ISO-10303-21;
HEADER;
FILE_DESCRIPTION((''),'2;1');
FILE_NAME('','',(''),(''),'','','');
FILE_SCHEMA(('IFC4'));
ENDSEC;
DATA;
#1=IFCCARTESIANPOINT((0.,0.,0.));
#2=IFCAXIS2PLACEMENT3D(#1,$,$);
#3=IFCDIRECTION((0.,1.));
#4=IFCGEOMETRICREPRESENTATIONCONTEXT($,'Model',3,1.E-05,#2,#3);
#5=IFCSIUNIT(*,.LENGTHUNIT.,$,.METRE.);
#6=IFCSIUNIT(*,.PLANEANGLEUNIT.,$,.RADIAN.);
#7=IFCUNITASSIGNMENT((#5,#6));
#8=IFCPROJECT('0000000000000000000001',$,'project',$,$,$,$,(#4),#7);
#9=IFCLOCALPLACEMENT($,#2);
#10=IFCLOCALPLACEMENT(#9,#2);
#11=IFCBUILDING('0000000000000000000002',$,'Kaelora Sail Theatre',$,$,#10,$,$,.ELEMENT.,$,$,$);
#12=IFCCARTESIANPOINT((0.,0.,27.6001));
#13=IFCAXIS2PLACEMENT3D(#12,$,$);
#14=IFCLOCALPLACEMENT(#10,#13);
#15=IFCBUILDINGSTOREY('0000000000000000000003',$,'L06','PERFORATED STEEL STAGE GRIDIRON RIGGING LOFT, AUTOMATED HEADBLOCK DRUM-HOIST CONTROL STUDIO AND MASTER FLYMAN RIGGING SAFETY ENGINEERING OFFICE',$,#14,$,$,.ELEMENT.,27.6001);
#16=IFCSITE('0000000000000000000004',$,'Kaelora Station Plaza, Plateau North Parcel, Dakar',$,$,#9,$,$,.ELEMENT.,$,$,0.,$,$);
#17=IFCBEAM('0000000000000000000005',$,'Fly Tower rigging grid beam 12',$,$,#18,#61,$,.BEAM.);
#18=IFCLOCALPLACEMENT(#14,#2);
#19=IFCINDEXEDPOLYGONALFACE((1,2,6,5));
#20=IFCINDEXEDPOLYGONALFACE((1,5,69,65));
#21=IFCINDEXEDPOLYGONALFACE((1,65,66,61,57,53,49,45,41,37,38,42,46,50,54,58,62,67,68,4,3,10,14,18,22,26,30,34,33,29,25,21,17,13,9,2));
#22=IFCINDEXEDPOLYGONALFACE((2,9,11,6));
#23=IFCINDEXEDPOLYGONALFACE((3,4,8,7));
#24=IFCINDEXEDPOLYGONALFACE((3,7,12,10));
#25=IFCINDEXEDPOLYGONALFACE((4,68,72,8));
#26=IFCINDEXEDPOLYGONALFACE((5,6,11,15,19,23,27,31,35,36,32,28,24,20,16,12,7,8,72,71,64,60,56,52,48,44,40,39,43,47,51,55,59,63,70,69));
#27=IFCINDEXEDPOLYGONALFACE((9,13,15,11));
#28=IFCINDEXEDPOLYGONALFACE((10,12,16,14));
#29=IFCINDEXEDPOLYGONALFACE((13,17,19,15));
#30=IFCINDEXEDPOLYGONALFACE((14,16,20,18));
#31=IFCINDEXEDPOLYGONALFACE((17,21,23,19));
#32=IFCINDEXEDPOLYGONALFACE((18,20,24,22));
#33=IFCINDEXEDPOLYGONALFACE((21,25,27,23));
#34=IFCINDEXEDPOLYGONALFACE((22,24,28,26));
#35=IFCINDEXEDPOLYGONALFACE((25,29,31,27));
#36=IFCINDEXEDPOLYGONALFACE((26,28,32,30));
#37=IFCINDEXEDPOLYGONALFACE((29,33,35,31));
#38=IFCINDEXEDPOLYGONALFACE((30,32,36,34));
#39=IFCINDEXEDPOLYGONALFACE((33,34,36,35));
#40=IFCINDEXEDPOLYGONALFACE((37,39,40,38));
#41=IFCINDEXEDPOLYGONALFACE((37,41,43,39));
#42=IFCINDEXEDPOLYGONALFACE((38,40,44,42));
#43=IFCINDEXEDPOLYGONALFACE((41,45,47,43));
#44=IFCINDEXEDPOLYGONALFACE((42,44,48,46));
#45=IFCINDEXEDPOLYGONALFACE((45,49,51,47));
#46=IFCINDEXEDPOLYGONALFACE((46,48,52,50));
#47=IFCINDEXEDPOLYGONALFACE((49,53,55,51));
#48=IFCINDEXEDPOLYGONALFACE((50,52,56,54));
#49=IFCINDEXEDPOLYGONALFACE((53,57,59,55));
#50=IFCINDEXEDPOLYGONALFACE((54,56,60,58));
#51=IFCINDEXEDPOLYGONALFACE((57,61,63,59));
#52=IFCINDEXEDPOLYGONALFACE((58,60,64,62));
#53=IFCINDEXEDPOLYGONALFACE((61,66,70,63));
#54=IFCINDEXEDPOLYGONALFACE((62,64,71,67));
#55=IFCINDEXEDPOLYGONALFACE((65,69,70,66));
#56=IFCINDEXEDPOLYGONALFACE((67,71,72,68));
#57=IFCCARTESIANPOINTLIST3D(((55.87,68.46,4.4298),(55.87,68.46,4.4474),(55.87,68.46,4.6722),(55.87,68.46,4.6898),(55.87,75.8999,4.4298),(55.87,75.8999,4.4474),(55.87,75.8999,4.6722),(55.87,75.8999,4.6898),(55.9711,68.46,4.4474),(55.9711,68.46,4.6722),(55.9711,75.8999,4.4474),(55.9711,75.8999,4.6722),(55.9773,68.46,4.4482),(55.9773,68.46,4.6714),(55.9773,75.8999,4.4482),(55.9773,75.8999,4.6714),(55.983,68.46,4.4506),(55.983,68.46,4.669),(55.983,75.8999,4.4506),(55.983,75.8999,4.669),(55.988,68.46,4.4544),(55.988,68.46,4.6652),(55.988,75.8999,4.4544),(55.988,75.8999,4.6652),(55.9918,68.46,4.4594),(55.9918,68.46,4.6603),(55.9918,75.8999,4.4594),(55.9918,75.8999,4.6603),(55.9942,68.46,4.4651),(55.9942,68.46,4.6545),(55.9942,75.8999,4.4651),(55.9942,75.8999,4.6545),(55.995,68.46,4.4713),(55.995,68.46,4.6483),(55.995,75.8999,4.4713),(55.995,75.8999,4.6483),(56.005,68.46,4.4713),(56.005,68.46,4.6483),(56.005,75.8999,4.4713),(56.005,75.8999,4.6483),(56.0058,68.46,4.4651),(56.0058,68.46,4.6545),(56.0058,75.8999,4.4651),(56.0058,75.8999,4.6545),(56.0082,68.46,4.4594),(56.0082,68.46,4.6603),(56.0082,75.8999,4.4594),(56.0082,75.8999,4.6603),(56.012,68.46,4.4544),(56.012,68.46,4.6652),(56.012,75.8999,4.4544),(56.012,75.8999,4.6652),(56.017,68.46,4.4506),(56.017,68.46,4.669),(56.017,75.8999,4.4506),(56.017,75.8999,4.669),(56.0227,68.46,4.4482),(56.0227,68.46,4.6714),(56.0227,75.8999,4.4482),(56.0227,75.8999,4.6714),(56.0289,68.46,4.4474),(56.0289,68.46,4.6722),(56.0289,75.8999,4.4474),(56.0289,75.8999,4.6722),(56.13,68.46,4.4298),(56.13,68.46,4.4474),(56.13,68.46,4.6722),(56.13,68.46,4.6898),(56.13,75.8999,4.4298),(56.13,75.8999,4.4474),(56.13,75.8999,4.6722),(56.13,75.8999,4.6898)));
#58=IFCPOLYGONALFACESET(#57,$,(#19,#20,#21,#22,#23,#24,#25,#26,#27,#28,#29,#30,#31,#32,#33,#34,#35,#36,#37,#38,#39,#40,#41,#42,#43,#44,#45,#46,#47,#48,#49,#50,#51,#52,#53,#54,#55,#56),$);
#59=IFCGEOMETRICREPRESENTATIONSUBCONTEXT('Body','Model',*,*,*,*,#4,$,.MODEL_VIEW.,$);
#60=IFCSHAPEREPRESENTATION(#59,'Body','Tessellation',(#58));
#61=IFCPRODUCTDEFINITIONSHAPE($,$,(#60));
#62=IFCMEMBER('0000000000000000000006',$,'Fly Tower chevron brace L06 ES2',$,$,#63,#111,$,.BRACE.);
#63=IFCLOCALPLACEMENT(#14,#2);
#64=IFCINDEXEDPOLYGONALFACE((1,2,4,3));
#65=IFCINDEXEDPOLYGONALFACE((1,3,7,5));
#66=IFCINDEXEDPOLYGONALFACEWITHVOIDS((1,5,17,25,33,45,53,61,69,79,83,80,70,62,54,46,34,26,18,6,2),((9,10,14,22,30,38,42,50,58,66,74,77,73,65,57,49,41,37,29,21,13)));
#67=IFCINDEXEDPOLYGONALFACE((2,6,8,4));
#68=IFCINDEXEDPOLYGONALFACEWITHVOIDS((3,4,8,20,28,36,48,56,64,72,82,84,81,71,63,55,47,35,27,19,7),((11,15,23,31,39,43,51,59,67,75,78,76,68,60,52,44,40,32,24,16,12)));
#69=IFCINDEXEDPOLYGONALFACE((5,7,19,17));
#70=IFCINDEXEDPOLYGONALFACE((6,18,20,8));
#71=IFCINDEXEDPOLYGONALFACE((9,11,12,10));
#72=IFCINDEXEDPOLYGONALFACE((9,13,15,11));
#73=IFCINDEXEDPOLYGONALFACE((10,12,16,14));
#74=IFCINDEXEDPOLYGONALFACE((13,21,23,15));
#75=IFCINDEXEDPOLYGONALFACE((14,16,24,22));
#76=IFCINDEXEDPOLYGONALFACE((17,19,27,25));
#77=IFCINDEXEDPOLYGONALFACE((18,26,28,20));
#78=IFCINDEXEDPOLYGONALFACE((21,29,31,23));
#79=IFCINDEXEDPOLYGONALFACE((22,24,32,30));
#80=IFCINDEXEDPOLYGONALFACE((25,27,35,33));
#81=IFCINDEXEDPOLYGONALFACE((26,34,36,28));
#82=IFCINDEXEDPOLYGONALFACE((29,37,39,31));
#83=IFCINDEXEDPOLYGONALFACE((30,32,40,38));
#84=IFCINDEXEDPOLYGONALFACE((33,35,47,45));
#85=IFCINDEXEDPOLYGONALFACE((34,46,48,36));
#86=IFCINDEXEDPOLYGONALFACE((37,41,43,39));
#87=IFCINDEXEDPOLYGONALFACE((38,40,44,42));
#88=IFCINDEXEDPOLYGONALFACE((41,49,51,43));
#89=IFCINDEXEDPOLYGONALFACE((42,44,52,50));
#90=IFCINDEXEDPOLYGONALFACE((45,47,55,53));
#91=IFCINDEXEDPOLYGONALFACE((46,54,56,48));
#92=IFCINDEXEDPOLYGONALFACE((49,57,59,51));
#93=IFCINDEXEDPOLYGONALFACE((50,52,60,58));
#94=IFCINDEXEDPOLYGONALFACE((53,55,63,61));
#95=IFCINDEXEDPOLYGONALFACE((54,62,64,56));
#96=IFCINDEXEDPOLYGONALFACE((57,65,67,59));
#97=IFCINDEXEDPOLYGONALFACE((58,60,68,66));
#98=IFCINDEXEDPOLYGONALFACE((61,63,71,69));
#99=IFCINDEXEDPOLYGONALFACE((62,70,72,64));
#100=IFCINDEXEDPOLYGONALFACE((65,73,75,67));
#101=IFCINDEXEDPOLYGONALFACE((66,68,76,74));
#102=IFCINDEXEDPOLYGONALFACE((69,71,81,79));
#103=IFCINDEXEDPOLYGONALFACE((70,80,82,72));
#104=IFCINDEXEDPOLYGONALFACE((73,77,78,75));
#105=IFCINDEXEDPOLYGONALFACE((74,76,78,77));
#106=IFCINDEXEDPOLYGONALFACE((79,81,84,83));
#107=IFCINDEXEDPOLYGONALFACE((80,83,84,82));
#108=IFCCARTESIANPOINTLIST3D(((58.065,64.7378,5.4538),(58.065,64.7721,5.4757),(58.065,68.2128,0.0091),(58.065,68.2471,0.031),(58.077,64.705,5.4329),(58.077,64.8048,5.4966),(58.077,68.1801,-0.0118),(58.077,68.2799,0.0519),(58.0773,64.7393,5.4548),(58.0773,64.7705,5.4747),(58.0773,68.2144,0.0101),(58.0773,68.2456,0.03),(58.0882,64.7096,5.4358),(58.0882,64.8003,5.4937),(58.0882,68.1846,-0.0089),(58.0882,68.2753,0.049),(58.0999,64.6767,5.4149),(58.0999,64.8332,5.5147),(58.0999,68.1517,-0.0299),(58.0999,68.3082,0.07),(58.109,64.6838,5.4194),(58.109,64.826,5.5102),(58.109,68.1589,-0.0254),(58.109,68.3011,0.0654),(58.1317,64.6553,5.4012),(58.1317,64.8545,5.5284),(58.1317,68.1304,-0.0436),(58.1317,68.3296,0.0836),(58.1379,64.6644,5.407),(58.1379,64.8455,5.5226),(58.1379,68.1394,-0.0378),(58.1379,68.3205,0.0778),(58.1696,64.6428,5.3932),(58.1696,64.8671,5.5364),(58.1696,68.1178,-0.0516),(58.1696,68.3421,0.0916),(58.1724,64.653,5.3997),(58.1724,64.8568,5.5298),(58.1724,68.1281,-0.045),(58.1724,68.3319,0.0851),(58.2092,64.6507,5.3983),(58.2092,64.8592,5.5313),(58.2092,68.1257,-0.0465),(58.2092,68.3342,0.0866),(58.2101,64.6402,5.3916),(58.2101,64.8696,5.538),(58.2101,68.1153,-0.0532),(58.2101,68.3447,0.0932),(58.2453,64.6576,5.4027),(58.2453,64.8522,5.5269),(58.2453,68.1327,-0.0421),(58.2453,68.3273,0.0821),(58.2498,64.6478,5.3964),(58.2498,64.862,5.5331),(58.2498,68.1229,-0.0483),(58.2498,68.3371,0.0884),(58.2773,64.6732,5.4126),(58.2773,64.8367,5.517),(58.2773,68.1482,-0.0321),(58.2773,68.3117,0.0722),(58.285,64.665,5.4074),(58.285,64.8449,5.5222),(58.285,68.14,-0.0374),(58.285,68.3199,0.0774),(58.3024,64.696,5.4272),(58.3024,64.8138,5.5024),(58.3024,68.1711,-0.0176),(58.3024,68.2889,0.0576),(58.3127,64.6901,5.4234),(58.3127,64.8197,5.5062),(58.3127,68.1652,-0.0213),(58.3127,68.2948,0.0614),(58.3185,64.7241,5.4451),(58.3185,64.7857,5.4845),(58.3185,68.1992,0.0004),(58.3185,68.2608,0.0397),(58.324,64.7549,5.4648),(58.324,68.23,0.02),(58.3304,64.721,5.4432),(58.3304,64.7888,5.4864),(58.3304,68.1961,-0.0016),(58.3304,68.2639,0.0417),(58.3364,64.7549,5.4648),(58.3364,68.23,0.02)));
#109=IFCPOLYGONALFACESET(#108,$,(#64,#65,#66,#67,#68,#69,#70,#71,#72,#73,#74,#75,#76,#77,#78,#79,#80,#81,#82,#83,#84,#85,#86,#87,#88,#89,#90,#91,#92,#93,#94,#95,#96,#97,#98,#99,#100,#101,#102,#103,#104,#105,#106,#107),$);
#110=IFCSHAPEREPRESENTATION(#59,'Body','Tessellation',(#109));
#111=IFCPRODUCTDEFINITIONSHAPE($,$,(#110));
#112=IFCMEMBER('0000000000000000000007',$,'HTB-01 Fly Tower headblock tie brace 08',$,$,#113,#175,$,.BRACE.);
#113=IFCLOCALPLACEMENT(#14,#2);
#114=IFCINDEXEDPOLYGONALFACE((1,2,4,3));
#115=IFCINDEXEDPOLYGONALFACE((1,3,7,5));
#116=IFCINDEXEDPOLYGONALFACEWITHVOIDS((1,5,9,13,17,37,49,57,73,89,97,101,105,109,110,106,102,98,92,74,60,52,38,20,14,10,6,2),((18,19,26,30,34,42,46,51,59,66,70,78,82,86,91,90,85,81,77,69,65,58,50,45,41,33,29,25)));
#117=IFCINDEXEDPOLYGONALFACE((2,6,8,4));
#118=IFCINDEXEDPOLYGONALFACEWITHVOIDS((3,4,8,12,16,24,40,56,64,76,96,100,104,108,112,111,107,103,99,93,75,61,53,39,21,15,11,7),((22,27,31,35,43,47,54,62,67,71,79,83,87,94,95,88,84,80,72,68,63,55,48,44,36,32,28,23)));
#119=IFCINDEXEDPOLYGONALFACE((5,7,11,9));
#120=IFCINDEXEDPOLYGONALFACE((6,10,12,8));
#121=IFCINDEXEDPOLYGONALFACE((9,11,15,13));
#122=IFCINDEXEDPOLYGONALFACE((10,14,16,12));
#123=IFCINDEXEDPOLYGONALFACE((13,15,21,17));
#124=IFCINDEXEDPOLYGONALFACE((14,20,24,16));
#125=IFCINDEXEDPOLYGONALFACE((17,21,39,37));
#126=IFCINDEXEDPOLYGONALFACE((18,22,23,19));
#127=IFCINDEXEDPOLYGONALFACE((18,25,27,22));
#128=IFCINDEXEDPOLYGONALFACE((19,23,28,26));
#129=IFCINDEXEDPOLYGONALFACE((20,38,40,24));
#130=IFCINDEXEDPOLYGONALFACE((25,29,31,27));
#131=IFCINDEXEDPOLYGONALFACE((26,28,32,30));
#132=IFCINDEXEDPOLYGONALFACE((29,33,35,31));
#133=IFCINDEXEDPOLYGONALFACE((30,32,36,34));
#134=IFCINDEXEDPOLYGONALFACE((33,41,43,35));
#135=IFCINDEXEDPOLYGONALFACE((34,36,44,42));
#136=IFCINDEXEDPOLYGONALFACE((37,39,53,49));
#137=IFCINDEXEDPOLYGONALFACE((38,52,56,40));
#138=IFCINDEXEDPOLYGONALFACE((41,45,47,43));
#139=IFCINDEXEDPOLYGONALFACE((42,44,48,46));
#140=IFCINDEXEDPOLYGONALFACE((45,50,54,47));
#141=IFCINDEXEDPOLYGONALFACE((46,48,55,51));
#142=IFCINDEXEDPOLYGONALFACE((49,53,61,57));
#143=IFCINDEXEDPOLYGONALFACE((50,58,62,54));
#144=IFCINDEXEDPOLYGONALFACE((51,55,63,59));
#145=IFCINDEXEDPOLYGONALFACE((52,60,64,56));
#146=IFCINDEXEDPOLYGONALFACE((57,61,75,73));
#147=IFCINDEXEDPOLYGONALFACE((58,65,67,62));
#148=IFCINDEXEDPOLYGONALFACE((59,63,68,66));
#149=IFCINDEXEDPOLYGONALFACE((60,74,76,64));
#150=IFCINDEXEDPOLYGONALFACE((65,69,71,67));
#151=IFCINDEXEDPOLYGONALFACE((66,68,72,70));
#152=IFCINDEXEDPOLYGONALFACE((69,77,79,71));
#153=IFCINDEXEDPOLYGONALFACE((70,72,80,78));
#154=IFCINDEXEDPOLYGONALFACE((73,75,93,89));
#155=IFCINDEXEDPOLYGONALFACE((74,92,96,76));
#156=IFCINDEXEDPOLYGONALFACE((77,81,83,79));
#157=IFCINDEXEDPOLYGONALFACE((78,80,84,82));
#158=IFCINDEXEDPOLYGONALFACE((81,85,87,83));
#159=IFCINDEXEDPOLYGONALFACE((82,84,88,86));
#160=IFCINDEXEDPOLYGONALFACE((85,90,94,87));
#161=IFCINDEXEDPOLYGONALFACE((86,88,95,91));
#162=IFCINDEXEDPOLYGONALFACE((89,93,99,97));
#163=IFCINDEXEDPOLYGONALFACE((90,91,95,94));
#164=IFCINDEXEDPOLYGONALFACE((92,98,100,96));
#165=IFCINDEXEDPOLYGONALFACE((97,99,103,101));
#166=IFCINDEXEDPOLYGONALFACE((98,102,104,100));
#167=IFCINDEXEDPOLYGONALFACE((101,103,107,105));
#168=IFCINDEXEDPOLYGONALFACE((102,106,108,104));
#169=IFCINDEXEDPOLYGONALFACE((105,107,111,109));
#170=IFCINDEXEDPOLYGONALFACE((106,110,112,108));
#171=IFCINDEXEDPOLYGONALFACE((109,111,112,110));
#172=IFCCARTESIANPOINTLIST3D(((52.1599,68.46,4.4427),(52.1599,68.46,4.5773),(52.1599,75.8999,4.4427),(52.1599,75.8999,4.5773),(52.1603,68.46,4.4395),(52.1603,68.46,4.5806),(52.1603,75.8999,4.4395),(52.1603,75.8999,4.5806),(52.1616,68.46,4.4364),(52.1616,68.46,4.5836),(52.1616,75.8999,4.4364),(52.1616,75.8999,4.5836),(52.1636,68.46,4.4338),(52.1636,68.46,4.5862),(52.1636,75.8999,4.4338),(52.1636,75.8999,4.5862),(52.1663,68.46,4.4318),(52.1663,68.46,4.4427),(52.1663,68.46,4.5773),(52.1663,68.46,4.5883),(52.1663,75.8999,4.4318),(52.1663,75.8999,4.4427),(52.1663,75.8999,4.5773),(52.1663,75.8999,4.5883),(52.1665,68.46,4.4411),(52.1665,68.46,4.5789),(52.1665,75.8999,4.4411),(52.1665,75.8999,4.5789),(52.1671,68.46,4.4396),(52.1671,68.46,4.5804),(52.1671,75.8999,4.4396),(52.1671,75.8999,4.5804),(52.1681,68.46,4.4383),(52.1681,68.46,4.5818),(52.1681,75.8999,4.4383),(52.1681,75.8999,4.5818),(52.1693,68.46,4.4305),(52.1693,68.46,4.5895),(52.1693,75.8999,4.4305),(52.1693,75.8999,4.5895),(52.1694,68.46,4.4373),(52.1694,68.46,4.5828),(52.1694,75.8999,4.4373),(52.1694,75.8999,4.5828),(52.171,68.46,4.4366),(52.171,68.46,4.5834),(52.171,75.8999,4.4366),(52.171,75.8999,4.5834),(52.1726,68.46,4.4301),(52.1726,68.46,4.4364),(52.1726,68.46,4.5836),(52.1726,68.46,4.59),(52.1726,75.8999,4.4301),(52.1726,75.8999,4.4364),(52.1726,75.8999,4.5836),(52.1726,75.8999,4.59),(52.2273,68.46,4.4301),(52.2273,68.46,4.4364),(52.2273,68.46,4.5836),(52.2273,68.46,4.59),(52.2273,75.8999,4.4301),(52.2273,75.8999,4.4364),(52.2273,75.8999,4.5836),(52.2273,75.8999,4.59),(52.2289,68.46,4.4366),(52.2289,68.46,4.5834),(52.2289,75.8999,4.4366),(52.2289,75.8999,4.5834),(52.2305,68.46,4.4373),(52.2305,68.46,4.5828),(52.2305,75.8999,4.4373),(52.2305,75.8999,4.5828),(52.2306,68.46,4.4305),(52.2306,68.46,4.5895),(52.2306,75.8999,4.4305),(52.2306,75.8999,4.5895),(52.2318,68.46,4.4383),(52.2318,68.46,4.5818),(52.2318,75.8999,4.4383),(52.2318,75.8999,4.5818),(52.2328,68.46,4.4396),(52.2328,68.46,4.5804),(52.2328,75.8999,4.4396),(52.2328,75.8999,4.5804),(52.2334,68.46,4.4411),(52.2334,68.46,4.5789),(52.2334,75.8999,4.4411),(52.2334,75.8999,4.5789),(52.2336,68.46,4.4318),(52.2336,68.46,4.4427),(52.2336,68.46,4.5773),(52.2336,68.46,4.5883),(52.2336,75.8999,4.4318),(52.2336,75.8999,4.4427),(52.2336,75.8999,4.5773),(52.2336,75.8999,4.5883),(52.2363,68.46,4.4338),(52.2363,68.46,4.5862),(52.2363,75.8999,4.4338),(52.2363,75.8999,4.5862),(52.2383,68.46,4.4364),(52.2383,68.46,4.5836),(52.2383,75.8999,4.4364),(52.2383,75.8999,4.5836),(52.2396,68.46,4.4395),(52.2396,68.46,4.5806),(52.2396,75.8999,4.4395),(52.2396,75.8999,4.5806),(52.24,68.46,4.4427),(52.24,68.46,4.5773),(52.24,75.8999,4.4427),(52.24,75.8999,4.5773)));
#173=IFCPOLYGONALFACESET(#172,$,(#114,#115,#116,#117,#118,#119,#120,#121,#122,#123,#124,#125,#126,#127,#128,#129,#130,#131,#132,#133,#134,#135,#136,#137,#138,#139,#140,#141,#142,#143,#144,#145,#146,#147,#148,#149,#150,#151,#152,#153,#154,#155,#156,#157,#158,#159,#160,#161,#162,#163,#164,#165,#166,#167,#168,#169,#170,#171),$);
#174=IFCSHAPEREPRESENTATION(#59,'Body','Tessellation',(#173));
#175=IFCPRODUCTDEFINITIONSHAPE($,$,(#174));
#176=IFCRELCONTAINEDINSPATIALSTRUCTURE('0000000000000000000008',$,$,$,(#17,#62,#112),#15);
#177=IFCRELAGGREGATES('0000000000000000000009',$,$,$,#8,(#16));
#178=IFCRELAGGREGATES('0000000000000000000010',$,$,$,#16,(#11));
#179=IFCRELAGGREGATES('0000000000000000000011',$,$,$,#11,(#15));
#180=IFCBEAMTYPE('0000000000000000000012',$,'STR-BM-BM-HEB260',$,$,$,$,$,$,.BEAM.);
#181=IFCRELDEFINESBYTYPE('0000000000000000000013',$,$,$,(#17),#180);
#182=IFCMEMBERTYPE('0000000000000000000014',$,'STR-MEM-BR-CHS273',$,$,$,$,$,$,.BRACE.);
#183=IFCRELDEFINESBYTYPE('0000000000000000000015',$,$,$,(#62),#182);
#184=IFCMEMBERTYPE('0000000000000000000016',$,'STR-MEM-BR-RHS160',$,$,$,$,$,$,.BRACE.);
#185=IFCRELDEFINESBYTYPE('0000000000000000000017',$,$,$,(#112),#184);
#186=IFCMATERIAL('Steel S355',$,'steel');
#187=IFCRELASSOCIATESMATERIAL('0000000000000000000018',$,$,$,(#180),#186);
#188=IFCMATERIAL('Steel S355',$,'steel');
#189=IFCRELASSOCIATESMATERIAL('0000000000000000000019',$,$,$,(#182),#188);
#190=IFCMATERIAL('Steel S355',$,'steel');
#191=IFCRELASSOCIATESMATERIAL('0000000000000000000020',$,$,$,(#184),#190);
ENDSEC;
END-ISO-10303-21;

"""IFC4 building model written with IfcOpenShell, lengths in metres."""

from ifc_helpers import new_model, si_unit, direction, frame, origin, origin_2d, place, context, subcontext, project, spatial, hollow_rectangle, hollow_circle, i_section, extrude, material, material_profile, profile_set, type_object, element, save


model = new_model("IFC4")

# Units and contexts
model_context = context("Model", 3, precision=1e-05, world=origin(), true_north=direction((0.0, 1.0)))
body_context = subcontext(model_context, "Body", "Model", "MODEL_VIEW")
ifc_project = project(units=[si_unit("LENGTHUNIT", "METRE"), si_unit("PLANEANGLEUNIT", "RADIAN")], contexts=[model_context])

# Site, building, storey
site_placement = place(None, origin())
site = spatial("IfcSite", under=ifc_project, at=site_placement, Name="Kaelora Station Plaza, Plateau North Parcel, Dakar", CompositionType="ELEMENT", RefElevation=0.0)
building_placement = place(site_placement, origin())
building = spatial("IfcBuilding", under=site, at=building_placement, Name="Kaelora Sail Theatre", CompositionType="ELEMENT")
storey_placement = place(building_placement, frame((0.0, 0.0, 27.6001)))
storey = spatial("IfcBuildingStorey", under=building, at=storey_placement, Name="L06", Description="PERFORATED STEEL STAGE GRIDIRON RIGGING LOFT, AUTOMATED HEADBLOCK DRUM-HOIST CONTROL STUDIO AND MASTER FLYMAN RIGGING SAFETY ENGINEERING OFFICE", CompositionType="ELEMENT", Elevation=27.6001)

# Beam
ifc_material_1 = material(Name="Steel S355", Category="steel")
ifc_material_profile_1 = material_profile(ifc_material_1, i_section(OverallWidth=0.26, OverallDepth=0.26, WebThickness=0.01, FlangeThickness=0.0176, FilletRadius=0.0239, at=origin_2d()), Name="HEB 260")
ifc_profile_set_1 = profile_set([ifc_material_profile_1], Name="Steel S355")
beam_type_1 = type_object("IfcBeamType", Name="STR-BM-BM-HEB260", PredefinedType="BEAM", material=ifc_profile_set_1)
beam_1_placement = place(storey_placement, frame((56.0, 68.46, 4.5598), z_axis=(0.0, 1.0, 0.0), x_axis=(-1.0, 0.0, 0.0)))
element("IfcBeam", 1, at=beam_1_placement, inside=storey, type_object=beam_type_1, Name="Fly Tower rigging grid beam 12", PredefinedType="BEAM", context=body_context, shape_type="SweptSolid", body=[
    extrude(i_section(OverallWidth=0.26, OverallDepth=0.26, WebThickness=0.01, FlangeThickness=0.0176, FilletRadius=0.0239, at=origin_2d()), origin(), (0.0, 0.0, 1.0), 7.4399),
])

# Members
ifc_material_2 = material(Name="Steel S355", Category="steel")
ifc_material_profile_2 = material_profile(ifc_material_2, hollow_circle(Radius=0.1365, WallThickness=0.0125, at=origin_2d()), Name="CHS 273.0x12.5")
ifc_profile_set_2 = profile_set([ifc_material_profile_2], Name="Steel S355")
member_type_1 = type_object("IfcMemberType", Name="STR-MEM-BR-CHS273", PredefinedType="BRACE", material=ifc_profile_set_2)
member_1_placement = place(storey_placement, frame((58.2, 68.23, 0.02), z_axis=(0.0, -0.538, 0.842945), x_axis=(1.0, 0.0, 0.0)))
element("IfcMember", 2, at=member_1_placement, inside=storey, type_object=member_type_1, Name="Fly Tower chevron brace L06 ES2", PredefinedType="BRACE", context=body_context, shape_type="SweptSolid", body=[
    extrude(hollow_circle(Radius=0.1365, WallThickness=0.0125, at=origin_2d()), origin(), (0.0, 0.0, 1.0), 6.4592),
])
ifc_material_3 = material(Name="Steel S355", Category="steel")
ifc_material_profile_3 = material_profile(ifc_material_3, hollow_rectangle(XDim=0.0801, YDim=0.1599, WallThickness=0.0063, InnerFilletRadius=0.0063, OuterFilletRadius=0.0127, at=origin_2d()), Name="RHS 160x80x6.3")
ifc_profile_set_3 = profile_set([ifc_material_profile_3], Name="Steel S355")
member_type_2 = type_object("IfcMemberType", Name="STR-MEM-BR-RHS160", PredefinedType="BRACE", material=ifc_profile_set_3)
member_2_placement = place(storey_placement, frame((52.2, 68.46, 4.51), z_axis=(0.0, 1.0, 0.0), x_axis=(-1.0, 0.0, 0.0)))
element("IfcMember", 3, at=member_2_placement, inside=storey, type_object=member_type_2, Name="HTB-01 Fly Tower headblock tie brace 08", PredefinedType="BRACE", context=body_context, shape_type="SweptSolid", body=[
    extrude(hollow_rectangle(XDim=0.0801, YDim=0.1599, WallThickness=0.0063, InnerFilletRadius=0.0063, OuterFilletRadius=0.0127, at=origin_2d()), origin(), (0.0, 0.0, 1.0), 7.4399),
])

save(model, "model.ifc")
